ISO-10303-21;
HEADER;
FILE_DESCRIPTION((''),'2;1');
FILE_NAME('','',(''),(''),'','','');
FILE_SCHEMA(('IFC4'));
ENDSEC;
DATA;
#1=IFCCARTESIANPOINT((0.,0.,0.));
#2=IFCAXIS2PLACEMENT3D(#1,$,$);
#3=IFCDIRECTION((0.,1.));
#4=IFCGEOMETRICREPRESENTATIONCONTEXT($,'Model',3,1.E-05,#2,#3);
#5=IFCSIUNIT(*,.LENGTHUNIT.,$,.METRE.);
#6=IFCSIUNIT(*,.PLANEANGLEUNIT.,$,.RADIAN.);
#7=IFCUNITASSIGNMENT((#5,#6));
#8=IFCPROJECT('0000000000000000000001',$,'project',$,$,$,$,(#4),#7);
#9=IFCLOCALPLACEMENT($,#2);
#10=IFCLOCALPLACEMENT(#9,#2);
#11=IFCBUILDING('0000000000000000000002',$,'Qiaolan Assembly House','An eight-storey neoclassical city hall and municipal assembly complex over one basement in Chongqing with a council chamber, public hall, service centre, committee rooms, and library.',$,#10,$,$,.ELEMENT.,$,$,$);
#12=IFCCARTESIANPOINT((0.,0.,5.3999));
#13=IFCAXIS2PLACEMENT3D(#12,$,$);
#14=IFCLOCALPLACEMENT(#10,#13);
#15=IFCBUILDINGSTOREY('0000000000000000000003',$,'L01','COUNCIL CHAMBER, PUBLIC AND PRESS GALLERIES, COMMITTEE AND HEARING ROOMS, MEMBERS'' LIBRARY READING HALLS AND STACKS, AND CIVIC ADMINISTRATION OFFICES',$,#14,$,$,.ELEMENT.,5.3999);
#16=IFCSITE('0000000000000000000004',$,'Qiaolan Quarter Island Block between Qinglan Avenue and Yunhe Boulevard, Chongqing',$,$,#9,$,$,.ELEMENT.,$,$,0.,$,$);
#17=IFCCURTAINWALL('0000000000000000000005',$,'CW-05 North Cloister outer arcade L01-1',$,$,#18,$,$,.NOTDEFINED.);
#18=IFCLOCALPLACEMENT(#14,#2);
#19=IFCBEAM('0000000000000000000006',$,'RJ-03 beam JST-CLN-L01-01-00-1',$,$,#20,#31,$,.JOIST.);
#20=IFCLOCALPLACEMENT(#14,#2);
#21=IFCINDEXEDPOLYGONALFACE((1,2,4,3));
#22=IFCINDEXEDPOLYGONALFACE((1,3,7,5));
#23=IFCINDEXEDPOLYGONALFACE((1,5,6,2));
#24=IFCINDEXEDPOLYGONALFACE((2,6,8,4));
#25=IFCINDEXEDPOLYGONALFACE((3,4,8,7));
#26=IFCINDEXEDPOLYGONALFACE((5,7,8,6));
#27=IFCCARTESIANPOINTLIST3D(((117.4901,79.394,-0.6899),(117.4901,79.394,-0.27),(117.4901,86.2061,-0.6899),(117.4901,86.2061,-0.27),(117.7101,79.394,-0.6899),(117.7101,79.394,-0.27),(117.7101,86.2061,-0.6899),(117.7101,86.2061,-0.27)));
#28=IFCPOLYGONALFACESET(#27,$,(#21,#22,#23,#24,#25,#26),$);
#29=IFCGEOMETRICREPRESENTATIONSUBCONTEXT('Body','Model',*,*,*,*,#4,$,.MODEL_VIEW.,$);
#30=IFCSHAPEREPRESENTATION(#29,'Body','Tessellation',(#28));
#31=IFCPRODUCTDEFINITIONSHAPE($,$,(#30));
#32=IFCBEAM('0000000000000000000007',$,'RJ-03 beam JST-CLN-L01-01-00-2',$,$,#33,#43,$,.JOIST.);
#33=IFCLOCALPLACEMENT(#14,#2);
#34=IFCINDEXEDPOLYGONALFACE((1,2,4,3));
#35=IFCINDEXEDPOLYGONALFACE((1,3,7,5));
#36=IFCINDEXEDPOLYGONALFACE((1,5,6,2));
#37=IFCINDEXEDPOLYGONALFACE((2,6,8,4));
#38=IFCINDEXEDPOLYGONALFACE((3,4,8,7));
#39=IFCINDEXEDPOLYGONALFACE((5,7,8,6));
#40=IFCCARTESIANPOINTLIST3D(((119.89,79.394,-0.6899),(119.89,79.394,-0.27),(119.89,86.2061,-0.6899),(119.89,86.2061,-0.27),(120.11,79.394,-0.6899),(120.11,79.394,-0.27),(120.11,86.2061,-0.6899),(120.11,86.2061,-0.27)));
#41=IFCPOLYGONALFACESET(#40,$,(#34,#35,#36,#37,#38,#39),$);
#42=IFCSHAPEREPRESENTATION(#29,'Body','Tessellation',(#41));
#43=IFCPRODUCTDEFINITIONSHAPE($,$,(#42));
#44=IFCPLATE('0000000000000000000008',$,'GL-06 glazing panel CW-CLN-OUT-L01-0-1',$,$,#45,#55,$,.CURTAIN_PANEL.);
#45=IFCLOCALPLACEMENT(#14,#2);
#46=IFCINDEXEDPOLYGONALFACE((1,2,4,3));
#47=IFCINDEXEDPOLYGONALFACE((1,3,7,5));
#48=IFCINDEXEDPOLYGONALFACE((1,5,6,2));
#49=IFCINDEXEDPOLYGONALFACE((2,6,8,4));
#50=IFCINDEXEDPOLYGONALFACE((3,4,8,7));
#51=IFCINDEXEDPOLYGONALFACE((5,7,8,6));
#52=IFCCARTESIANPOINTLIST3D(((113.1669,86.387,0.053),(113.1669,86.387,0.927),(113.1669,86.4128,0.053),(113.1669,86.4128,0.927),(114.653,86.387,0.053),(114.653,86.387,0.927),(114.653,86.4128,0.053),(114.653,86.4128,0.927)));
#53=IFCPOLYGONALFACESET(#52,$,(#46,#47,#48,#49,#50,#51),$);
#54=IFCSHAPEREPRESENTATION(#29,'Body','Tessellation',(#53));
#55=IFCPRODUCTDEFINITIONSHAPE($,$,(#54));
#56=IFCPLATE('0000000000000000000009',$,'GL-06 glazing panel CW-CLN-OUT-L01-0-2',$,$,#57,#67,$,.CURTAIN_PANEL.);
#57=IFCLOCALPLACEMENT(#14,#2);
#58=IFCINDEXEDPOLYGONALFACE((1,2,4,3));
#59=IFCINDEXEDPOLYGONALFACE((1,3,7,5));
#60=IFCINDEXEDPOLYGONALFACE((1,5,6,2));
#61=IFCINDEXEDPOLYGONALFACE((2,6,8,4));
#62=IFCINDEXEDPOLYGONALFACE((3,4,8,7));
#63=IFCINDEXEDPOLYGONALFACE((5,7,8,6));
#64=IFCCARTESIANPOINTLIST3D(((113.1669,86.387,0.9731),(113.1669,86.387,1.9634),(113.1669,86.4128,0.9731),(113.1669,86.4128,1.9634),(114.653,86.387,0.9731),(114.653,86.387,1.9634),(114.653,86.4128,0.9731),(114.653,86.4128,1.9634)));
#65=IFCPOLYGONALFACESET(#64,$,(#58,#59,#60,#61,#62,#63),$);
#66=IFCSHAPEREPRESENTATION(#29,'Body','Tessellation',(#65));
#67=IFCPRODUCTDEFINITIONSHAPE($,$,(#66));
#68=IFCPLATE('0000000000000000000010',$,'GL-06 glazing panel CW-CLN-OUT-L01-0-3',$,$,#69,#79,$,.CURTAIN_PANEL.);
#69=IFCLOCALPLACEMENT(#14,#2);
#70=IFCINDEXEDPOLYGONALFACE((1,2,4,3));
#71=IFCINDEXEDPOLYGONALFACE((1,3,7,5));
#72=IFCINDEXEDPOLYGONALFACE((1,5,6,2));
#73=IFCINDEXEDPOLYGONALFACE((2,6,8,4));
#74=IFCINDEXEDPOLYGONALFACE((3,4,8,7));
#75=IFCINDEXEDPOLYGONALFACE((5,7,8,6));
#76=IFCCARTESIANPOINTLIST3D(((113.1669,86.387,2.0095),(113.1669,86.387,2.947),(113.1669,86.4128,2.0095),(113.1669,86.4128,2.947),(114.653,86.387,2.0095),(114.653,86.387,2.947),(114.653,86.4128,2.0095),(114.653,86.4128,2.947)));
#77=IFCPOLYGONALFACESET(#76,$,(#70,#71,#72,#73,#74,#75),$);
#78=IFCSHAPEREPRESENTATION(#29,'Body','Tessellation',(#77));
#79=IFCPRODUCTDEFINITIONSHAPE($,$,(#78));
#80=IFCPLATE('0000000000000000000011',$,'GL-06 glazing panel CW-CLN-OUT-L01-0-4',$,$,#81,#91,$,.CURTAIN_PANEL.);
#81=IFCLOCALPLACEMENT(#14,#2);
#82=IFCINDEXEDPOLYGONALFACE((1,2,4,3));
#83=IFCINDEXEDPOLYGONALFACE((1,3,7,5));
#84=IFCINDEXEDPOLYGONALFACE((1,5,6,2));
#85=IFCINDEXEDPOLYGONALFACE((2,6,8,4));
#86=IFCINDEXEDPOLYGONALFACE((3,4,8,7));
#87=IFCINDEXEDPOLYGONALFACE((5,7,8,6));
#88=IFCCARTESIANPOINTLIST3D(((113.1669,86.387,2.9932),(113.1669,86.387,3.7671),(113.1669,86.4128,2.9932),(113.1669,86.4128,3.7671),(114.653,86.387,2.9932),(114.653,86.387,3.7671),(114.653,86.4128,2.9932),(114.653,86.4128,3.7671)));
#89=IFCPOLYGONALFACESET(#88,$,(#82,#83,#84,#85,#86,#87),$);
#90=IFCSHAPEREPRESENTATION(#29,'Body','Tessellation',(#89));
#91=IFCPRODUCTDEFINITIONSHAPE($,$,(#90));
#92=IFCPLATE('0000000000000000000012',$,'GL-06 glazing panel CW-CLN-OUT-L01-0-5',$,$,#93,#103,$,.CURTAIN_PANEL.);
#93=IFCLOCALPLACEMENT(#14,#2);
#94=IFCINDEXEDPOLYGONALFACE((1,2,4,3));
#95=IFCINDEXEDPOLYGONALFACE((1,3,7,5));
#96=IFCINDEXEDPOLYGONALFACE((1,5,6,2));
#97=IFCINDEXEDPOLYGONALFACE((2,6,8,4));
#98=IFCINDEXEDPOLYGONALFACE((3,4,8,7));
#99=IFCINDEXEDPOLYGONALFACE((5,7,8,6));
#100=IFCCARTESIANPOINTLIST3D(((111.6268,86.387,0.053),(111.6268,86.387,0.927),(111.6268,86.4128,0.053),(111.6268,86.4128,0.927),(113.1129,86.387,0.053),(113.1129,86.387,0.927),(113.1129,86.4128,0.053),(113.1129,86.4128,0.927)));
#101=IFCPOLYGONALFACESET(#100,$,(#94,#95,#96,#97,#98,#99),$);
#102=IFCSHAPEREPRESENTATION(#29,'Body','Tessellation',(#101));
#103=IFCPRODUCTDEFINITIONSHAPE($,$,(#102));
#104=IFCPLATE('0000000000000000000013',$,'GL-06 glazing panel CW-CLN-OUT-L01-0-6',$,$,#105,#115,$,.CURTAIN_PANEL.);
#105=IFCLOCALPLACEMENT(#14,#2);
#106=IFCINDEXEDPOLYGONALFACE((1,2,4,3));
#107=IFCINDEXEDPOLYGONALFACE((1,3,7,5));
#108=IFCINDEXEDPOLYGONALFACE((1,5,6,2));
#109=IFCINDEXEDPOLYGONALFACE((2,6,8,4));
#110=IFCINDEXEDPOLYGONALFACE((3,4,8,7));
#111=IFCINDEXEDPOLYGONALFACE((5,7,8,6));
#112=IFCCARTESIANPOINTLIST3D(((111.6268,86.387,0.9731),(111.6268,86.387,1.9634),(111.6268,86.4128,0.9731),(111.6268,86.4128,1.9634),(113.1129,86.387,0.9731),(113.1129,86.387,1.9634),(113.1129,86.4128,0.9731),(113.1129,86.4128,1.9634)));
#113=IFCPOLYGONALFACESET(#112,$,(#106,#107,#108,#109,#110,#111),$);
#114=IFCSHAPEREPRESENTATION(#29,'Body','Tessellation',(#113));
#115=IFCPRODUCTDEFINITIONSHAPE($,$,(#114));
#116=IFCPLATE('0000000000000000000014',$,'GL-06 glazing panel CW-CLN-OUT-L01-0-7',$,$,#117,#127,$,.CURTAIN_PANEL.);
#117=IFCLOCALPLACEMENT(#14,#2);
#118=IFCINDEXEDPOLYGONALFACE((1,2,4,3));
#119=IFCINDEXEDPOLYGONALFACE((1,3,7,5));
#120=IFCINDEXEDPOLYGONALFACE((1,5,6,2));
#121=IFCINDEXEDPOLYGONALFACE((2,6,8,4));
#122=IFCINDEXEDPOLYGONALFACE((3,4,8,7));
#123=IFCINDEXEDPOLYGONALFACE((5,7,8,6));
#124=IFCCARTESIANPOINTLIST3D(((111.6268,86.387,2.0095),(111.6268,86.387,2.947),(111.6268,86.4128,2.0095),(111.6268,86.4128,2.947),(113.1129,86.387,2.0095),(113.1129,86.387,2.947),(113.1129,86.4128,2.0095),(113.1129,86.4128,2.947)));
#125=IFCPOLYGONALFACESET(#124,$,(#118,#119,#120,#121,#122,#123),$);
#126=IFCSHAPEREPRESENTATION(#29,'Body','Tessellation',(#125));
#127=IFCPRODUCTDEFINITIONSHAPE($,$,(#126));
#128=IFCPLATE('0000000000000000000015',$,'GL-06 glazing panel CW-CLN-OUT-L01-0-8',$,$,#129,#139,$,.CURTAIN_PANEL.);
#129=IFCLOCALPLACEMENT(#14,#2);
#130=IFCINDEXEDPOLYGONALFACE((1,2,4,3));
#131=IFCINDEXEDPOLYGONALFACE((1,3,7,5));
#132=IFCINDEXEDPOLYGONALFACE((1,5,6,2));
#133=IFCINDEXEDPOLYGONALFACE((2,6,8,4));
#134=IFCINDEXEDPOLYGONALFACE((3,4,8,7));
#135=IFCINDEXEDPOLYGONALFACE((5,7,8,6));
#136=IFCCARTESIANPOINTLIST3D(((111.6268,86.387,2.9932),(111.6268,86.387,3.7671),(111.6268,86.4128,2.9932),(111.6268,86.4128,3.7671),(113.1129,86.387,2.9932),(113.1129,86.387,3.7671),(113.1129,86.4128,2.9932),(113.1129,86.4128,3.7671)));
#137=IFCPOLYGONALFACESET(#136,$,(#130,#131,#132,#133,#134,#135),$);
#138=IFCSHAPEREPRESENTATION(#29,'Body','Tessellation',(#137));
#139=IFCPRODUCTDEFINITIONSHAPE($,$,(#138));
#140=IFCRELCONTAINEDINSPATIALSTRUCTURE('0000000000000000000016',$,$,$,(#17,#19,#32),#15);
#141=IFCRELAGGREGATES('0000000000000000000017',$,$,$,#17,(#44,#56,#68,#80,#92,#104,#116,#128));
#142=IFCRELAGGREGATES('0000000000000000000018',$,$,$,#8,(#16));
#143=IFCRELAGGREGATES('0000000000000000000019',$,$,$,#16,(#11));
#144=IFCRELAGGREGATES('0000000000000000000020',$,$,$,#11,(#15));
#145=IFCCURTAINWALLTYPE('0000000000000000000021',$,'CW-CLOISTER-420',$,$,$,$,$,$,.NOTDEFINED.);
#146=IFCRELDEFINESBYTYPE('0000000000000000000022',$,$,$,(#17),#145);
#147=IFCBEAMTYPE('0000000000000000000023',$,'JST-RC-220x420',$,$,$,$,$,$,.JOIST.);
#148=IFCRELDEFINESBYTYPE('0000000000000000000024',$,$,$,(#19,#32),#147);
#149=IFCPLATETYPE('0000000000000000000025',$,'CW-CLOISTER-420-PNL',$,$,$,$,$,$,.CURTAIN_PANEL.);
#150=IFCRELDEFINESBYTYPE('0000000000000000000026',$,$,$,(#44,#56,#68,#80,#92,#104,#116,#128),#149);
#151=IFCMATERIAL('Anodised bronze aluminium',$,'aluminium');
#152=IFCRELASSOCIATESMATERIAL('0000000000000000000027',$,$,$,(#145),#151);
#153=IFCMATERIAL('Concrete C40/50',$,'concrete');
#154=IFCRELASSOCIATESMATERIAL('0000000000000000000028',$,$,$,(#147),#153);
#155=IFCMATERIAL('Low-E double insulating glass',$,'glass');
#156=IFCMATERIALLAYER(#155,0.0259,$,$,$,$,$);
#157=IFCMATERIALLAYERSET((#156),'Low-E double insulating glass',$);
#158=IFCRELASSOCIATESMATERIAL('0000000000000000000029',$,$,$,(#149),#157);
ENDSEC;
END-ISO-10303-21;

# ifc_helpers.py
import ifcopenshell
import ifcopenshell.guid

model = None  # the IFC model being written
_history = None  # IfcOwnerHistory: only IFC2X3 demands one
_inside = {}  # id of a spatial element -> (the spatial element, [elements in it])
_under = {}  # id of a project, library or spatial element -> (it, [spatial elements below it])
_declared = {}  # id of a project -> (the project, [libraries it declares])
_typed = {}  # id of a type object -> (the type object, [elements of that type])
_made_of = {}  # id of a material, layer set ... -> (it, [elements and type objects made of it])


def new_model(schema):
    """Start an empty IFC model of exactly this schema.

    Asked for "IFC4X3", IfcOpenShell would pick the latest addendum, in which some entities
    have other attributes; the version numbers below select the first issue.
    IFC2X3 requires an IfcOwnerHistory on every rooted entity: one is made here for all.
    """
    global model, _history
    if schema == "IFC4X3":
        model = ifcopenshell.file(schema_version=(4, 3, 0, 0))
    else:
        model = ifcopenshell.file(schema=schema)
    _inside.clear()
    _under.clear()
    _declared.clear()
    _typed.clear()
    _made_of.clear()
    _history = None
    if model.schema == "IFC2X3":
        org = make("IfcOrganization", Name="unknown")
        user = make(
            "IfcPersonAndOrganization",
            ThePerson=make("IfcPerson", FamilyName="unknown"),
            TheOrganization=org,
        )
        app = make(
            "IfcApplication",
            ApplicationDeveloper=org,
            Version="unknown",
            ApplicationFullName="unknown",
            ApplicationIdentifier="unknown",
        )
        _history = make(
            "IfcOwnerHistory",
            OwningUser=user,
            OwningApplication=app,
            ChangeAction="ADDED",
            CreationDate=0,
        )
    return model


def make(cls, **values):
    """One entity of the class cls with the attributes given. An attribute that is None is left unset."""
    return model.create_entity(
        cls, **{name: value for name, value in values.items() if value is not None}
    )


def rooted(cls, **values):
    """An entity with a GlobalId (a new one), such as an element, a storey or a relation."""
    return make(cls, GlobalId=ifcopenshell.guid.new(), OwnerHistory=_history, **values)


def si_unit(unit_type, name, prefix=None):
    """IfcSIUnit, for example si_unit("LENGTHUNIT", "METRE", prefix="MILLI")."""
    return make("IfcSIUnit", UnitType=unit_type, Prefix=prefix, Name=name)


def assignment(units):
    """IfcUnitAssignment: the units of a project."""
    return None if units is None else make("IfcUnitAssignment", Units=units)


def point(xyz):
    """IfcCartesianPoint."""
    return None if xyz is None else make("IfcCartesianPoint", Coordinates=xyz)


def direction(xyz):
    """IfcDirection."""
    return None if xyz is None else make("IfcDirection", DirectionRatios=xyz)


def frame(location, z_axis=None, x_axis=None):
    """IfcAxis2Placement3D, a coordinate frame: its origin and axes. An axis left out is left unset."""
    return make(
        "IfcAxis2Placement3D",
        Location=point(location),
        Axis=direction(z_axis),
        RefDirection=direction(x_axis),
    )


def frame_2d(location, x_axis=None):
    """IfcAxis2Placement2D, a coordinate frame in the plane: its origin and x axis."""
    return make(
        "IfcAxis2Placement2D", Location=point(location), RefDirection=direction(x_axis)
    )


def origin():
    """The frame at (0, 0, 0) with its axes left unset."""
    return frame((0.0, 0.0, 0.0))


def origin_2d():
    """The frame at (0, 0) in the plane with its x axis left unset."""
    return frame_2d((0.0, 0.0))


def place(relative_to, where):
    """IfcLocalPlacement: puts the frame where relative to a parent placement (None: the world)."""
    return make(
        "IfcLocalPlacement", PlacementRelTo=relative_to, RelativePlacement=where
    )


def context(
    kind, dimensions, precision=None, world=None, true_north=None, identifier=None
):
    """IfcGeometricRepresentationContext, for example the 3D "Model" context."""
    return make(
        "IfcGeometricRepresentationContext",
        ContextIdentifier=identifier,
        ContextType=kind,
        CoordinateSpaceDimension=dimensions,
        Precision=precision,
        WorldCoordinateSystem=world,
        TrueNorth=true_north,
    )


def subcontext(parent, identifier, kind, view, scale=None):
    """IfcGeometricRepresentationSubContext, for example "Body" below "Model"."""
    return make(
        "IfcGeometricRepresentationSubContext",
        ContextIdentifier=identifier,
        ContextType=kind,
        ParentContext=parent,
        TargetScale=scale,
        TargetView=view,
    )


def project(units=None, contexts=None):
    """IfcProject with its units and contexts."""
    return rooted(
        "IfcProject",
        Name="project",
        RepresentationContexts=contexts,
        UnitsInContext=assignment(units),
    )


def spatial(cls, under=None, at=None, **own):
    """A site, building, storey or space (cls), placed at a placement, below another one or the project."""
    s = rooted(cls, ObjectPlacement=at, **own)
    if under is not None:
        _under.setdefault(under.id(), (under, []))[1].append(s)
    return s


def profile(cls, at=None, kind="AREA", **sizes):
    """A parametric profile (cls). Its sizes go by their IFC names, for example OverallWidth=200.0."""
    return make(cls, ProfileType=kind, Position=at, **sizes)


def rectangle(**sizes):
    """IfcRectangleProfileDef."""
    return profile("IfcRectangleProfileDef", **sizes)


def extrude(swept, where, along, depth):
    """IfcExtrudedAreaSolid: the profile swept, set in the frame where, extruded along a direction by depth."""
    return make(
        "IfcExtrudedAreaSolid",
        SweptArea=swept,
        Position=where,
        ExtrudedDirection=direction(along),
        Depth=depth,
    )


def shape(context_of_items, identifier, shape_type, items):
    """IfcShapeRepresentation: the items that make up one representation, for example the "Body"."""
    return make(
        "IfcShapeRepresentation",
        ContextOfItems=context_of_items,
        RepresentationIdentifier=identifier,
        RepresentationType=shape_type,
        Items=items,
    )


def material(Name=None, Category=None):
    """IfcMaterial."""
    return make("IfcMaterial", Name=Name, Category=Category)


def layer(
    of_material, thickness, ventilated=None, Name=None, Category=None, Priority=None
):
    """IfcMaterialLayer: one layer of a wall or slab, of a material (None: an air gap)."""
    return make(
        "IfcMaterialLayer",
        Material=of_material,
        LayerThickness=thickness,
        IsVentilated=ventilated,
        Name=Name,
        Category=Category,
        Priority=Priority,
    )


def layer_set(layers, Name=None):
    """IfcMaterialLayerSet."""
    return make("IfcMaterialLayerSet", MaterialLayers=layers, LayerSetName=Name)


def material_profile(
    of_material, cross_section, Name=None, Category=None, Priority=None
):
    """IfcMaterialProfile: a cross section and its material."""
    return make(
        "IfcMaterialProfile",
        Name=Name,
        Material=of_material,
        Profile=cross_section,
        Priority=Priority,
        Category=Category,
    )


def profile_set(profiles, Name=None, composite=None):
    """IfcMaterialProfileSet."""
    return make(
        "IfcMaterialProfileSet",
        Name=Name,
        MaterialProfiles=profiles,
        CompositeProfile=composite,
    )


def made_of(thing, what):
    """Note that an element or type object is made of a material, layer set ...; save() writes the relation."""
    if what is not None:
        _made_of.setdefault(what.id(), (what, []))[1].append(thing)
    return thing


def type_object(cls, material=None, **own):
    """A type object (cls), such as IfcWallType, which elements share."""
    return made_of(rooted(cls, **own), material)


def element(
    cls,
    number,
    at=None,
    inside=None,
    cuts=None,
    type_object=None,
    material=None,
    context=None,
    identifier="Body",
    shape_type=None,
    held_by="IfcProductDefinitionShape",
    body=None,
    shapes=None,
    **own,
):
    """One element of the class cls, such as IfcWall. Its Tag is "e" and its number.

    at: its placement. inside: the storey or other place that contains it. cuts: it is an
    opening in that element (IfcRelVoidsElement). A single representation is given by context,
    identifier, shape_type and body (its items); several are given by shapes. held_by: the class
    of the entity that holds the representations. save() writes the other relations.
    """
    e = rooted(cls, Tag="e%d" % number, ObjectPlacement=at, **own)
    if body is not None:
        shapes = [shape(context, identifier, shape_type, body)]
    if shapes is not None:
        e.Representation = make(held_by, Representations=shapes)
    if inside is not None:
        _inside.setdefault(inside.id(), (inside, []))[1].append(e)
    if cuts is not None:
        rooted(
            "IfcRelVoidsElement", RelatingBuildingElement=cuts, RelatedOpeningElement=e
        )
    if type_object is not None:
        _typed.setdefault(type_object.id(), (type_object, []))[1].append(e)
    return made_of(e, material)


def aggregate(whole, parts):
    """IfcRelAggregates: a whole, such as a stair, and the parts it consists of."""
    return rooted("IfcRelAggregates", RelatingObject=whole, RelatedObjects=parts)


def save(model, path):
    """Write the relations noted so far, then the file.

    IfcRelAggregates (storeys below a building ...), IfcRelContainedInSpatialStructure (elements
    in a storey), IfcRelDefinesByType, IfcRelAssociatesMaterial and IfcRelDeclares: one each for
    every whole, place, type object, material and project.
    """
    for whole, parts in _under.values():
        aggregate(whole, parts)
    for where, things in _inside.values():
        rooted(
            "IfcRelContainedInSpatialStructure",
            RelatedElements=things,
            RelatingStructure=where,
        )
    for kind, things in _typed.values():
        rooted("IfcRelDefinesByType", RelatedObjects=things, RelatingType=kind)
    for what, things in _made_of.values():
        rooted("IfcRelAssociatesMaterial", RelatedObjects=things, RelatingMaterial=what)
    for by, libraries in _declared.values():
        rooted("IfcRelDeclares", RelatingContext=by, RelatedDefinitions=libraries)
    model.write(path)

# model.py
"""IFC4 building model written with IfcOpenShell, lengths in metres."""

from ifc_helpers import new_model, si_unit, direction, frame, frame_2d, origin, origin_2d, place, context, subcontext, project, spatial, rectangle, extrude, material, layer, layer_set, material_profile, profile_set, type_object, element, aggregate, save


model = new_model("IFC4")

# Units and contexts
model_context = context("Model", 3, precision=1e-05, world=origin(), true_north=direction((0.0, 1.0)))
body_context = subcontext(model_context, "Body", "Model", "MODEL_VIEW")
ifc_project = project(units=[si_unit("LENGTHUNIT", "METRE"), si_unit("PLANEANGLEUNIT", "RADIAN")], contexts=[model_context])

# Site, building, storey
site_placement = place(None, origin())
site = spatial("IfcSite", under=ifc_project, at=site_placement, Name="Qiaolan Quarter Island Block between Qinglan Avenue and Yunhe Boulevard, Chongqing", CompositionType="ELEMENT", RefElevation=0.0)
building_placement = place(site_placement, origin())
building = spatial("IfcBuilding", under=site, at=building_placement, Name="Qiaolan Assembly House", Description="An eight-storey neoclassical city hall and municipal assembly complex over one basement in Chongqing with a council chamber, public hall, service centre, committee rooms, and library.", CompositionType="ELEMENT")
storey_placement = place(building_placement, frame((0.0, 0.0, 5.3999)))
storey = spatial("IfcBuildingStorey", under=building, at=storey_placement, Name="L01", Description="COUNCIL CHAMBER, PUBLIC AND PRESS GALLERIES, COMMITTEE AND HEARING ROOMS, MEMBERS' LIBRARY READING HALLS AND STACKS, AND CIVIC ADMINISTRATION OFFICES", CompositionType="ELEMENT", Elevation=5.3999)

# Shared definitions
ifc_material_1 = material(Name="Concrete C40/50", Category="concrete")

# Curtain wall
ifc_material_2 = material(Name="Anodised bronze aluminium", Category="aluminium")
curtain_wall_type = type_object("IfcCurtainWallType", Name="CW-CLOISTER-420", PredefinedType="NOTDEFINED", material=ifc_material_2)
curtain_wall_1_placement = place(storey_placement, origin())
curtain_wall_1 = element("IfcCurtainWall", 1, at=curtain_wall_1_placement, inside=storey, type_object=curtain_wall_type, Name="CW-05 North Cloister outer arcade L01-1", PredefinedType="NOTDEFINED")

# Beams
ifc_material_profile_1 = material_profile(ifc_material_1, rectangle(XDim=0.22, YDim=0.4199, at=origin_2d()), Name="RCB 220x420")
ifc_profile_set_1 = profile_set([ifc_material_profile_1], Name="Concrete C40/50")
beam_type_1 = type_object("IfcBeamType", Name="JST-RC-220x420", PredefinedType="JOIST", material=ifc_profile_set_1)
for number, where, z_axis, x_axis, name in (
    (2, (117.6001, 79.394, -0.48), (0.0, 1.0, 0.0), (-1.0, 0.0, 0.0), "RJ-03 beam JST-CLN-L01-01-00-1"),
    (3, (120.0, 79.394, -0.48), (0.0, 1.0, 0.0), (-1.0, 0.0, 0.0), "RJ-03 beam JST-CLN-L01-01-00-2"),
):
    element("IfcBeam", number, at=place(storey_placement, frame(where, z_axis=z_axis, x_axis=x_axis)), inside=storey, type_object=beam_type_1, Name=name, PredefinedType="JOIST", context=body_context, shape_type="SweptSolid", body=[
        extrude(rectangle(XDim=0.22, YDim=0.4199, at=origin_2d()), origin(), (0.0, 0.0, 1.0), 6.812),
    ])

# Plates
ifc_material_3 = material(Name="Low-E double insulating glass", Category="glass")
ifc_layer = layer(ifc_material_3, 0.0259)
ifc_layer_set = layer_set([ifc_layer], Name="Low-E double insulating glass")
plate_type = type_object("IfcPlateType", Name="CW-CLOISTER-420-PNL", PredefinedType="CURTAIN_PANEL", material=ifc_layer_set)
plate_1_placement = place(storey_placement, frame((114.6531, 86.3999, 0.053), z_axis=(0.0, 0.0, 1.0), x_axis=(-1.0, 0.0, 0.0)))
plate_1 = element("IfcPlate", 4, at=plate_1_placement, type_object=plate_type, Name="GL-06 glazing panel CW-CLN-OUT-L01-0-1", PredefinedType="CURTAIN_PANEL", context=body_context, shape_type="SweptSolid", body=[
    extrude(rectangle(XDim=1.4861, YDim=0.0259, at=frame_2d((0.7432, 0.0))), origin(), (0.0, 0.0, 1.0), 0.874),
])
plate_2_placement = place(storey_placement, frame((114.6531, 86.3999, 0.9731), z_axis=(0.0, 0.0, 1.0), x_axis=(-1.0, 0.0, 0.0)))
plate_2 = element("IfcPlate", 5, at=plate_2_placement, type_object=plate_type, Name="GL-06 glazing panel CW-CLN-OUT-L01-0-2", PredefinedType="CURTAIN_PANEL", context=body_context, shape_type="SweptSolid", body=[
    extrude(rectangle(XDim=1.4861, YDim=0.0259, at=frame_2d((0.7432, 0.0))), origin(), (0.0, 0.0, 1.0), 0.9902),
])
plate_3_placement = place(storey_placement, frame((114.6531, 86.3999, 2.0095), z_axis=(0.0, 0.0, 1.0), x_axis=(-1.0, 0.0, 0.0)))
plate_3 = element("IfcPlate", 6, at=plate_3_placement, type_object=plate_type, Name="GL-06 glazing panel CW-CLN-OUT-L01-0-3", PredefinedType="CURTAIN_PANEL", context=body_context, shape_type="SweptSolid", body=[
    extrude(rectangle(XDim=1.4861, YDim=0.0259, at=frame_2d((0.7432, 0.0))), origin(), (0.0, 0.0, 1.0), 0.9375),
])
plate_4_placement = place(storey_placement, frame((114.6531, 86.3999, 2.9932), z_axis=(0.0, 0.0, 1.0), x_axis=(-1.0, 0.0, 0.0)))
plate_4 = element("IfcPlate", 7, at=plate_4_placement, type_object=plate_type, Name="GL-06 glazing panel CW-CLN-OUT-L01-0-4", PredefinedType="CURTAIN_PANEL", context=body_context, shape_type="SweptSolid", body=[
    extrude(rectangle(XDim=1.4861, YDim=0.0259, at=frame_2d((0.7432, 0.0))), origin(), (0.0, 0.0, 1.0), 0.7739),
])
plate_5_placement = place(storey_placement, frame((113.113, 86.3999, 0.053), z_axis=(0.0, 0.0, 1.0), x_axis=(-1.0, 0.0, 0.0)))
plate_5 = element("IfcPlate", 8, at=plate_5_placement, type_object=plate_type, Name="GL-06 glazing panel CW-CLN-OUT-L01-0-5", PredefinedType="CURTAIN_PANEL", context=body_context, shape_type="SweptSolid", body=[
    extrude(rectangle(XDim=1.4861, YDim=0.0259, at=frame_2d((0.7432, 0.0))), origin(), (0.0, 0.0, 1.0), 0.874),
])
plate_6_placement = place(storey_placement, frame((113.113, 86.3999, 0.9731), z_axis=(0.0, 0.0, 1.0), x_axis=(-1.0, 0.0, 0.0)))
plate_6 = element("IfcPlate", 9, at=plate_6_placement, type_object=plate_type, Name="GL-06 glazing panel CW-CLN-OUT-L01-0-6", PredefinedType="CURTAIN_PANEL", context=body_context, shape_type="SweptSolid", body=[
    extrude(rectangle(XDim=1.4861, YDim=0.0259, at=frame_2d((0.7432, 0.0))), origin(), (0.0, 0.0, 1.0), 0.9902),
])
plate_7_placement = place(storey_placement, frame((113.113, 86.3999, 2.0095), z_axis=(0.0, 0.0, 1.0), x_axis=(-1.0, 0.0, 0.0)))
plate_7 = element("IfcPlate", 10, at=plate_7_placement, type_object=plate_type, Name="GL-06 glazing panel CW-CLN-OUT-L01-0-7", PredefinedType="CURTAIN_PANEL", context=body_context, shape_type="SweptSolid", body=[
    extrude(rectangle(XDim=1.4861, YDim=0.0259, at=frame_2d((0.7432, 0.0))), origin(), (0.0, 0.0, 1.0), 0.9375),
])
plate_8_placement = place(storey_placement, frame((113.113, 86.3999, 2.9932), z_axis=(0.0, 0.0, 1.0), x_axis=(-1.0, 0.0, 0.0)))
plate_8 = element("IfcPlate", 11, at=plate_8_placement, type_object=plate_type, Name="GL-06 glazing panel CW-CLN-OUT-L01-0-8", PredefinedType="CURTAIN_PANEL", context=body_context, shape_type="SweptSolid", body=[
    extrude(rectangle(XDim=1.4861, YDim=0.0259, at=frame_2d((0.7432, 0.0))), origin(), (0.0, 0.0, 1.0), 0.7739),
])
aggregate(curtain_wall_1, [plate_1, plate_2, plate_3, plate_4, plate_5, plate_6, plate_7, plate_8])

save(model, "model.ifc")
